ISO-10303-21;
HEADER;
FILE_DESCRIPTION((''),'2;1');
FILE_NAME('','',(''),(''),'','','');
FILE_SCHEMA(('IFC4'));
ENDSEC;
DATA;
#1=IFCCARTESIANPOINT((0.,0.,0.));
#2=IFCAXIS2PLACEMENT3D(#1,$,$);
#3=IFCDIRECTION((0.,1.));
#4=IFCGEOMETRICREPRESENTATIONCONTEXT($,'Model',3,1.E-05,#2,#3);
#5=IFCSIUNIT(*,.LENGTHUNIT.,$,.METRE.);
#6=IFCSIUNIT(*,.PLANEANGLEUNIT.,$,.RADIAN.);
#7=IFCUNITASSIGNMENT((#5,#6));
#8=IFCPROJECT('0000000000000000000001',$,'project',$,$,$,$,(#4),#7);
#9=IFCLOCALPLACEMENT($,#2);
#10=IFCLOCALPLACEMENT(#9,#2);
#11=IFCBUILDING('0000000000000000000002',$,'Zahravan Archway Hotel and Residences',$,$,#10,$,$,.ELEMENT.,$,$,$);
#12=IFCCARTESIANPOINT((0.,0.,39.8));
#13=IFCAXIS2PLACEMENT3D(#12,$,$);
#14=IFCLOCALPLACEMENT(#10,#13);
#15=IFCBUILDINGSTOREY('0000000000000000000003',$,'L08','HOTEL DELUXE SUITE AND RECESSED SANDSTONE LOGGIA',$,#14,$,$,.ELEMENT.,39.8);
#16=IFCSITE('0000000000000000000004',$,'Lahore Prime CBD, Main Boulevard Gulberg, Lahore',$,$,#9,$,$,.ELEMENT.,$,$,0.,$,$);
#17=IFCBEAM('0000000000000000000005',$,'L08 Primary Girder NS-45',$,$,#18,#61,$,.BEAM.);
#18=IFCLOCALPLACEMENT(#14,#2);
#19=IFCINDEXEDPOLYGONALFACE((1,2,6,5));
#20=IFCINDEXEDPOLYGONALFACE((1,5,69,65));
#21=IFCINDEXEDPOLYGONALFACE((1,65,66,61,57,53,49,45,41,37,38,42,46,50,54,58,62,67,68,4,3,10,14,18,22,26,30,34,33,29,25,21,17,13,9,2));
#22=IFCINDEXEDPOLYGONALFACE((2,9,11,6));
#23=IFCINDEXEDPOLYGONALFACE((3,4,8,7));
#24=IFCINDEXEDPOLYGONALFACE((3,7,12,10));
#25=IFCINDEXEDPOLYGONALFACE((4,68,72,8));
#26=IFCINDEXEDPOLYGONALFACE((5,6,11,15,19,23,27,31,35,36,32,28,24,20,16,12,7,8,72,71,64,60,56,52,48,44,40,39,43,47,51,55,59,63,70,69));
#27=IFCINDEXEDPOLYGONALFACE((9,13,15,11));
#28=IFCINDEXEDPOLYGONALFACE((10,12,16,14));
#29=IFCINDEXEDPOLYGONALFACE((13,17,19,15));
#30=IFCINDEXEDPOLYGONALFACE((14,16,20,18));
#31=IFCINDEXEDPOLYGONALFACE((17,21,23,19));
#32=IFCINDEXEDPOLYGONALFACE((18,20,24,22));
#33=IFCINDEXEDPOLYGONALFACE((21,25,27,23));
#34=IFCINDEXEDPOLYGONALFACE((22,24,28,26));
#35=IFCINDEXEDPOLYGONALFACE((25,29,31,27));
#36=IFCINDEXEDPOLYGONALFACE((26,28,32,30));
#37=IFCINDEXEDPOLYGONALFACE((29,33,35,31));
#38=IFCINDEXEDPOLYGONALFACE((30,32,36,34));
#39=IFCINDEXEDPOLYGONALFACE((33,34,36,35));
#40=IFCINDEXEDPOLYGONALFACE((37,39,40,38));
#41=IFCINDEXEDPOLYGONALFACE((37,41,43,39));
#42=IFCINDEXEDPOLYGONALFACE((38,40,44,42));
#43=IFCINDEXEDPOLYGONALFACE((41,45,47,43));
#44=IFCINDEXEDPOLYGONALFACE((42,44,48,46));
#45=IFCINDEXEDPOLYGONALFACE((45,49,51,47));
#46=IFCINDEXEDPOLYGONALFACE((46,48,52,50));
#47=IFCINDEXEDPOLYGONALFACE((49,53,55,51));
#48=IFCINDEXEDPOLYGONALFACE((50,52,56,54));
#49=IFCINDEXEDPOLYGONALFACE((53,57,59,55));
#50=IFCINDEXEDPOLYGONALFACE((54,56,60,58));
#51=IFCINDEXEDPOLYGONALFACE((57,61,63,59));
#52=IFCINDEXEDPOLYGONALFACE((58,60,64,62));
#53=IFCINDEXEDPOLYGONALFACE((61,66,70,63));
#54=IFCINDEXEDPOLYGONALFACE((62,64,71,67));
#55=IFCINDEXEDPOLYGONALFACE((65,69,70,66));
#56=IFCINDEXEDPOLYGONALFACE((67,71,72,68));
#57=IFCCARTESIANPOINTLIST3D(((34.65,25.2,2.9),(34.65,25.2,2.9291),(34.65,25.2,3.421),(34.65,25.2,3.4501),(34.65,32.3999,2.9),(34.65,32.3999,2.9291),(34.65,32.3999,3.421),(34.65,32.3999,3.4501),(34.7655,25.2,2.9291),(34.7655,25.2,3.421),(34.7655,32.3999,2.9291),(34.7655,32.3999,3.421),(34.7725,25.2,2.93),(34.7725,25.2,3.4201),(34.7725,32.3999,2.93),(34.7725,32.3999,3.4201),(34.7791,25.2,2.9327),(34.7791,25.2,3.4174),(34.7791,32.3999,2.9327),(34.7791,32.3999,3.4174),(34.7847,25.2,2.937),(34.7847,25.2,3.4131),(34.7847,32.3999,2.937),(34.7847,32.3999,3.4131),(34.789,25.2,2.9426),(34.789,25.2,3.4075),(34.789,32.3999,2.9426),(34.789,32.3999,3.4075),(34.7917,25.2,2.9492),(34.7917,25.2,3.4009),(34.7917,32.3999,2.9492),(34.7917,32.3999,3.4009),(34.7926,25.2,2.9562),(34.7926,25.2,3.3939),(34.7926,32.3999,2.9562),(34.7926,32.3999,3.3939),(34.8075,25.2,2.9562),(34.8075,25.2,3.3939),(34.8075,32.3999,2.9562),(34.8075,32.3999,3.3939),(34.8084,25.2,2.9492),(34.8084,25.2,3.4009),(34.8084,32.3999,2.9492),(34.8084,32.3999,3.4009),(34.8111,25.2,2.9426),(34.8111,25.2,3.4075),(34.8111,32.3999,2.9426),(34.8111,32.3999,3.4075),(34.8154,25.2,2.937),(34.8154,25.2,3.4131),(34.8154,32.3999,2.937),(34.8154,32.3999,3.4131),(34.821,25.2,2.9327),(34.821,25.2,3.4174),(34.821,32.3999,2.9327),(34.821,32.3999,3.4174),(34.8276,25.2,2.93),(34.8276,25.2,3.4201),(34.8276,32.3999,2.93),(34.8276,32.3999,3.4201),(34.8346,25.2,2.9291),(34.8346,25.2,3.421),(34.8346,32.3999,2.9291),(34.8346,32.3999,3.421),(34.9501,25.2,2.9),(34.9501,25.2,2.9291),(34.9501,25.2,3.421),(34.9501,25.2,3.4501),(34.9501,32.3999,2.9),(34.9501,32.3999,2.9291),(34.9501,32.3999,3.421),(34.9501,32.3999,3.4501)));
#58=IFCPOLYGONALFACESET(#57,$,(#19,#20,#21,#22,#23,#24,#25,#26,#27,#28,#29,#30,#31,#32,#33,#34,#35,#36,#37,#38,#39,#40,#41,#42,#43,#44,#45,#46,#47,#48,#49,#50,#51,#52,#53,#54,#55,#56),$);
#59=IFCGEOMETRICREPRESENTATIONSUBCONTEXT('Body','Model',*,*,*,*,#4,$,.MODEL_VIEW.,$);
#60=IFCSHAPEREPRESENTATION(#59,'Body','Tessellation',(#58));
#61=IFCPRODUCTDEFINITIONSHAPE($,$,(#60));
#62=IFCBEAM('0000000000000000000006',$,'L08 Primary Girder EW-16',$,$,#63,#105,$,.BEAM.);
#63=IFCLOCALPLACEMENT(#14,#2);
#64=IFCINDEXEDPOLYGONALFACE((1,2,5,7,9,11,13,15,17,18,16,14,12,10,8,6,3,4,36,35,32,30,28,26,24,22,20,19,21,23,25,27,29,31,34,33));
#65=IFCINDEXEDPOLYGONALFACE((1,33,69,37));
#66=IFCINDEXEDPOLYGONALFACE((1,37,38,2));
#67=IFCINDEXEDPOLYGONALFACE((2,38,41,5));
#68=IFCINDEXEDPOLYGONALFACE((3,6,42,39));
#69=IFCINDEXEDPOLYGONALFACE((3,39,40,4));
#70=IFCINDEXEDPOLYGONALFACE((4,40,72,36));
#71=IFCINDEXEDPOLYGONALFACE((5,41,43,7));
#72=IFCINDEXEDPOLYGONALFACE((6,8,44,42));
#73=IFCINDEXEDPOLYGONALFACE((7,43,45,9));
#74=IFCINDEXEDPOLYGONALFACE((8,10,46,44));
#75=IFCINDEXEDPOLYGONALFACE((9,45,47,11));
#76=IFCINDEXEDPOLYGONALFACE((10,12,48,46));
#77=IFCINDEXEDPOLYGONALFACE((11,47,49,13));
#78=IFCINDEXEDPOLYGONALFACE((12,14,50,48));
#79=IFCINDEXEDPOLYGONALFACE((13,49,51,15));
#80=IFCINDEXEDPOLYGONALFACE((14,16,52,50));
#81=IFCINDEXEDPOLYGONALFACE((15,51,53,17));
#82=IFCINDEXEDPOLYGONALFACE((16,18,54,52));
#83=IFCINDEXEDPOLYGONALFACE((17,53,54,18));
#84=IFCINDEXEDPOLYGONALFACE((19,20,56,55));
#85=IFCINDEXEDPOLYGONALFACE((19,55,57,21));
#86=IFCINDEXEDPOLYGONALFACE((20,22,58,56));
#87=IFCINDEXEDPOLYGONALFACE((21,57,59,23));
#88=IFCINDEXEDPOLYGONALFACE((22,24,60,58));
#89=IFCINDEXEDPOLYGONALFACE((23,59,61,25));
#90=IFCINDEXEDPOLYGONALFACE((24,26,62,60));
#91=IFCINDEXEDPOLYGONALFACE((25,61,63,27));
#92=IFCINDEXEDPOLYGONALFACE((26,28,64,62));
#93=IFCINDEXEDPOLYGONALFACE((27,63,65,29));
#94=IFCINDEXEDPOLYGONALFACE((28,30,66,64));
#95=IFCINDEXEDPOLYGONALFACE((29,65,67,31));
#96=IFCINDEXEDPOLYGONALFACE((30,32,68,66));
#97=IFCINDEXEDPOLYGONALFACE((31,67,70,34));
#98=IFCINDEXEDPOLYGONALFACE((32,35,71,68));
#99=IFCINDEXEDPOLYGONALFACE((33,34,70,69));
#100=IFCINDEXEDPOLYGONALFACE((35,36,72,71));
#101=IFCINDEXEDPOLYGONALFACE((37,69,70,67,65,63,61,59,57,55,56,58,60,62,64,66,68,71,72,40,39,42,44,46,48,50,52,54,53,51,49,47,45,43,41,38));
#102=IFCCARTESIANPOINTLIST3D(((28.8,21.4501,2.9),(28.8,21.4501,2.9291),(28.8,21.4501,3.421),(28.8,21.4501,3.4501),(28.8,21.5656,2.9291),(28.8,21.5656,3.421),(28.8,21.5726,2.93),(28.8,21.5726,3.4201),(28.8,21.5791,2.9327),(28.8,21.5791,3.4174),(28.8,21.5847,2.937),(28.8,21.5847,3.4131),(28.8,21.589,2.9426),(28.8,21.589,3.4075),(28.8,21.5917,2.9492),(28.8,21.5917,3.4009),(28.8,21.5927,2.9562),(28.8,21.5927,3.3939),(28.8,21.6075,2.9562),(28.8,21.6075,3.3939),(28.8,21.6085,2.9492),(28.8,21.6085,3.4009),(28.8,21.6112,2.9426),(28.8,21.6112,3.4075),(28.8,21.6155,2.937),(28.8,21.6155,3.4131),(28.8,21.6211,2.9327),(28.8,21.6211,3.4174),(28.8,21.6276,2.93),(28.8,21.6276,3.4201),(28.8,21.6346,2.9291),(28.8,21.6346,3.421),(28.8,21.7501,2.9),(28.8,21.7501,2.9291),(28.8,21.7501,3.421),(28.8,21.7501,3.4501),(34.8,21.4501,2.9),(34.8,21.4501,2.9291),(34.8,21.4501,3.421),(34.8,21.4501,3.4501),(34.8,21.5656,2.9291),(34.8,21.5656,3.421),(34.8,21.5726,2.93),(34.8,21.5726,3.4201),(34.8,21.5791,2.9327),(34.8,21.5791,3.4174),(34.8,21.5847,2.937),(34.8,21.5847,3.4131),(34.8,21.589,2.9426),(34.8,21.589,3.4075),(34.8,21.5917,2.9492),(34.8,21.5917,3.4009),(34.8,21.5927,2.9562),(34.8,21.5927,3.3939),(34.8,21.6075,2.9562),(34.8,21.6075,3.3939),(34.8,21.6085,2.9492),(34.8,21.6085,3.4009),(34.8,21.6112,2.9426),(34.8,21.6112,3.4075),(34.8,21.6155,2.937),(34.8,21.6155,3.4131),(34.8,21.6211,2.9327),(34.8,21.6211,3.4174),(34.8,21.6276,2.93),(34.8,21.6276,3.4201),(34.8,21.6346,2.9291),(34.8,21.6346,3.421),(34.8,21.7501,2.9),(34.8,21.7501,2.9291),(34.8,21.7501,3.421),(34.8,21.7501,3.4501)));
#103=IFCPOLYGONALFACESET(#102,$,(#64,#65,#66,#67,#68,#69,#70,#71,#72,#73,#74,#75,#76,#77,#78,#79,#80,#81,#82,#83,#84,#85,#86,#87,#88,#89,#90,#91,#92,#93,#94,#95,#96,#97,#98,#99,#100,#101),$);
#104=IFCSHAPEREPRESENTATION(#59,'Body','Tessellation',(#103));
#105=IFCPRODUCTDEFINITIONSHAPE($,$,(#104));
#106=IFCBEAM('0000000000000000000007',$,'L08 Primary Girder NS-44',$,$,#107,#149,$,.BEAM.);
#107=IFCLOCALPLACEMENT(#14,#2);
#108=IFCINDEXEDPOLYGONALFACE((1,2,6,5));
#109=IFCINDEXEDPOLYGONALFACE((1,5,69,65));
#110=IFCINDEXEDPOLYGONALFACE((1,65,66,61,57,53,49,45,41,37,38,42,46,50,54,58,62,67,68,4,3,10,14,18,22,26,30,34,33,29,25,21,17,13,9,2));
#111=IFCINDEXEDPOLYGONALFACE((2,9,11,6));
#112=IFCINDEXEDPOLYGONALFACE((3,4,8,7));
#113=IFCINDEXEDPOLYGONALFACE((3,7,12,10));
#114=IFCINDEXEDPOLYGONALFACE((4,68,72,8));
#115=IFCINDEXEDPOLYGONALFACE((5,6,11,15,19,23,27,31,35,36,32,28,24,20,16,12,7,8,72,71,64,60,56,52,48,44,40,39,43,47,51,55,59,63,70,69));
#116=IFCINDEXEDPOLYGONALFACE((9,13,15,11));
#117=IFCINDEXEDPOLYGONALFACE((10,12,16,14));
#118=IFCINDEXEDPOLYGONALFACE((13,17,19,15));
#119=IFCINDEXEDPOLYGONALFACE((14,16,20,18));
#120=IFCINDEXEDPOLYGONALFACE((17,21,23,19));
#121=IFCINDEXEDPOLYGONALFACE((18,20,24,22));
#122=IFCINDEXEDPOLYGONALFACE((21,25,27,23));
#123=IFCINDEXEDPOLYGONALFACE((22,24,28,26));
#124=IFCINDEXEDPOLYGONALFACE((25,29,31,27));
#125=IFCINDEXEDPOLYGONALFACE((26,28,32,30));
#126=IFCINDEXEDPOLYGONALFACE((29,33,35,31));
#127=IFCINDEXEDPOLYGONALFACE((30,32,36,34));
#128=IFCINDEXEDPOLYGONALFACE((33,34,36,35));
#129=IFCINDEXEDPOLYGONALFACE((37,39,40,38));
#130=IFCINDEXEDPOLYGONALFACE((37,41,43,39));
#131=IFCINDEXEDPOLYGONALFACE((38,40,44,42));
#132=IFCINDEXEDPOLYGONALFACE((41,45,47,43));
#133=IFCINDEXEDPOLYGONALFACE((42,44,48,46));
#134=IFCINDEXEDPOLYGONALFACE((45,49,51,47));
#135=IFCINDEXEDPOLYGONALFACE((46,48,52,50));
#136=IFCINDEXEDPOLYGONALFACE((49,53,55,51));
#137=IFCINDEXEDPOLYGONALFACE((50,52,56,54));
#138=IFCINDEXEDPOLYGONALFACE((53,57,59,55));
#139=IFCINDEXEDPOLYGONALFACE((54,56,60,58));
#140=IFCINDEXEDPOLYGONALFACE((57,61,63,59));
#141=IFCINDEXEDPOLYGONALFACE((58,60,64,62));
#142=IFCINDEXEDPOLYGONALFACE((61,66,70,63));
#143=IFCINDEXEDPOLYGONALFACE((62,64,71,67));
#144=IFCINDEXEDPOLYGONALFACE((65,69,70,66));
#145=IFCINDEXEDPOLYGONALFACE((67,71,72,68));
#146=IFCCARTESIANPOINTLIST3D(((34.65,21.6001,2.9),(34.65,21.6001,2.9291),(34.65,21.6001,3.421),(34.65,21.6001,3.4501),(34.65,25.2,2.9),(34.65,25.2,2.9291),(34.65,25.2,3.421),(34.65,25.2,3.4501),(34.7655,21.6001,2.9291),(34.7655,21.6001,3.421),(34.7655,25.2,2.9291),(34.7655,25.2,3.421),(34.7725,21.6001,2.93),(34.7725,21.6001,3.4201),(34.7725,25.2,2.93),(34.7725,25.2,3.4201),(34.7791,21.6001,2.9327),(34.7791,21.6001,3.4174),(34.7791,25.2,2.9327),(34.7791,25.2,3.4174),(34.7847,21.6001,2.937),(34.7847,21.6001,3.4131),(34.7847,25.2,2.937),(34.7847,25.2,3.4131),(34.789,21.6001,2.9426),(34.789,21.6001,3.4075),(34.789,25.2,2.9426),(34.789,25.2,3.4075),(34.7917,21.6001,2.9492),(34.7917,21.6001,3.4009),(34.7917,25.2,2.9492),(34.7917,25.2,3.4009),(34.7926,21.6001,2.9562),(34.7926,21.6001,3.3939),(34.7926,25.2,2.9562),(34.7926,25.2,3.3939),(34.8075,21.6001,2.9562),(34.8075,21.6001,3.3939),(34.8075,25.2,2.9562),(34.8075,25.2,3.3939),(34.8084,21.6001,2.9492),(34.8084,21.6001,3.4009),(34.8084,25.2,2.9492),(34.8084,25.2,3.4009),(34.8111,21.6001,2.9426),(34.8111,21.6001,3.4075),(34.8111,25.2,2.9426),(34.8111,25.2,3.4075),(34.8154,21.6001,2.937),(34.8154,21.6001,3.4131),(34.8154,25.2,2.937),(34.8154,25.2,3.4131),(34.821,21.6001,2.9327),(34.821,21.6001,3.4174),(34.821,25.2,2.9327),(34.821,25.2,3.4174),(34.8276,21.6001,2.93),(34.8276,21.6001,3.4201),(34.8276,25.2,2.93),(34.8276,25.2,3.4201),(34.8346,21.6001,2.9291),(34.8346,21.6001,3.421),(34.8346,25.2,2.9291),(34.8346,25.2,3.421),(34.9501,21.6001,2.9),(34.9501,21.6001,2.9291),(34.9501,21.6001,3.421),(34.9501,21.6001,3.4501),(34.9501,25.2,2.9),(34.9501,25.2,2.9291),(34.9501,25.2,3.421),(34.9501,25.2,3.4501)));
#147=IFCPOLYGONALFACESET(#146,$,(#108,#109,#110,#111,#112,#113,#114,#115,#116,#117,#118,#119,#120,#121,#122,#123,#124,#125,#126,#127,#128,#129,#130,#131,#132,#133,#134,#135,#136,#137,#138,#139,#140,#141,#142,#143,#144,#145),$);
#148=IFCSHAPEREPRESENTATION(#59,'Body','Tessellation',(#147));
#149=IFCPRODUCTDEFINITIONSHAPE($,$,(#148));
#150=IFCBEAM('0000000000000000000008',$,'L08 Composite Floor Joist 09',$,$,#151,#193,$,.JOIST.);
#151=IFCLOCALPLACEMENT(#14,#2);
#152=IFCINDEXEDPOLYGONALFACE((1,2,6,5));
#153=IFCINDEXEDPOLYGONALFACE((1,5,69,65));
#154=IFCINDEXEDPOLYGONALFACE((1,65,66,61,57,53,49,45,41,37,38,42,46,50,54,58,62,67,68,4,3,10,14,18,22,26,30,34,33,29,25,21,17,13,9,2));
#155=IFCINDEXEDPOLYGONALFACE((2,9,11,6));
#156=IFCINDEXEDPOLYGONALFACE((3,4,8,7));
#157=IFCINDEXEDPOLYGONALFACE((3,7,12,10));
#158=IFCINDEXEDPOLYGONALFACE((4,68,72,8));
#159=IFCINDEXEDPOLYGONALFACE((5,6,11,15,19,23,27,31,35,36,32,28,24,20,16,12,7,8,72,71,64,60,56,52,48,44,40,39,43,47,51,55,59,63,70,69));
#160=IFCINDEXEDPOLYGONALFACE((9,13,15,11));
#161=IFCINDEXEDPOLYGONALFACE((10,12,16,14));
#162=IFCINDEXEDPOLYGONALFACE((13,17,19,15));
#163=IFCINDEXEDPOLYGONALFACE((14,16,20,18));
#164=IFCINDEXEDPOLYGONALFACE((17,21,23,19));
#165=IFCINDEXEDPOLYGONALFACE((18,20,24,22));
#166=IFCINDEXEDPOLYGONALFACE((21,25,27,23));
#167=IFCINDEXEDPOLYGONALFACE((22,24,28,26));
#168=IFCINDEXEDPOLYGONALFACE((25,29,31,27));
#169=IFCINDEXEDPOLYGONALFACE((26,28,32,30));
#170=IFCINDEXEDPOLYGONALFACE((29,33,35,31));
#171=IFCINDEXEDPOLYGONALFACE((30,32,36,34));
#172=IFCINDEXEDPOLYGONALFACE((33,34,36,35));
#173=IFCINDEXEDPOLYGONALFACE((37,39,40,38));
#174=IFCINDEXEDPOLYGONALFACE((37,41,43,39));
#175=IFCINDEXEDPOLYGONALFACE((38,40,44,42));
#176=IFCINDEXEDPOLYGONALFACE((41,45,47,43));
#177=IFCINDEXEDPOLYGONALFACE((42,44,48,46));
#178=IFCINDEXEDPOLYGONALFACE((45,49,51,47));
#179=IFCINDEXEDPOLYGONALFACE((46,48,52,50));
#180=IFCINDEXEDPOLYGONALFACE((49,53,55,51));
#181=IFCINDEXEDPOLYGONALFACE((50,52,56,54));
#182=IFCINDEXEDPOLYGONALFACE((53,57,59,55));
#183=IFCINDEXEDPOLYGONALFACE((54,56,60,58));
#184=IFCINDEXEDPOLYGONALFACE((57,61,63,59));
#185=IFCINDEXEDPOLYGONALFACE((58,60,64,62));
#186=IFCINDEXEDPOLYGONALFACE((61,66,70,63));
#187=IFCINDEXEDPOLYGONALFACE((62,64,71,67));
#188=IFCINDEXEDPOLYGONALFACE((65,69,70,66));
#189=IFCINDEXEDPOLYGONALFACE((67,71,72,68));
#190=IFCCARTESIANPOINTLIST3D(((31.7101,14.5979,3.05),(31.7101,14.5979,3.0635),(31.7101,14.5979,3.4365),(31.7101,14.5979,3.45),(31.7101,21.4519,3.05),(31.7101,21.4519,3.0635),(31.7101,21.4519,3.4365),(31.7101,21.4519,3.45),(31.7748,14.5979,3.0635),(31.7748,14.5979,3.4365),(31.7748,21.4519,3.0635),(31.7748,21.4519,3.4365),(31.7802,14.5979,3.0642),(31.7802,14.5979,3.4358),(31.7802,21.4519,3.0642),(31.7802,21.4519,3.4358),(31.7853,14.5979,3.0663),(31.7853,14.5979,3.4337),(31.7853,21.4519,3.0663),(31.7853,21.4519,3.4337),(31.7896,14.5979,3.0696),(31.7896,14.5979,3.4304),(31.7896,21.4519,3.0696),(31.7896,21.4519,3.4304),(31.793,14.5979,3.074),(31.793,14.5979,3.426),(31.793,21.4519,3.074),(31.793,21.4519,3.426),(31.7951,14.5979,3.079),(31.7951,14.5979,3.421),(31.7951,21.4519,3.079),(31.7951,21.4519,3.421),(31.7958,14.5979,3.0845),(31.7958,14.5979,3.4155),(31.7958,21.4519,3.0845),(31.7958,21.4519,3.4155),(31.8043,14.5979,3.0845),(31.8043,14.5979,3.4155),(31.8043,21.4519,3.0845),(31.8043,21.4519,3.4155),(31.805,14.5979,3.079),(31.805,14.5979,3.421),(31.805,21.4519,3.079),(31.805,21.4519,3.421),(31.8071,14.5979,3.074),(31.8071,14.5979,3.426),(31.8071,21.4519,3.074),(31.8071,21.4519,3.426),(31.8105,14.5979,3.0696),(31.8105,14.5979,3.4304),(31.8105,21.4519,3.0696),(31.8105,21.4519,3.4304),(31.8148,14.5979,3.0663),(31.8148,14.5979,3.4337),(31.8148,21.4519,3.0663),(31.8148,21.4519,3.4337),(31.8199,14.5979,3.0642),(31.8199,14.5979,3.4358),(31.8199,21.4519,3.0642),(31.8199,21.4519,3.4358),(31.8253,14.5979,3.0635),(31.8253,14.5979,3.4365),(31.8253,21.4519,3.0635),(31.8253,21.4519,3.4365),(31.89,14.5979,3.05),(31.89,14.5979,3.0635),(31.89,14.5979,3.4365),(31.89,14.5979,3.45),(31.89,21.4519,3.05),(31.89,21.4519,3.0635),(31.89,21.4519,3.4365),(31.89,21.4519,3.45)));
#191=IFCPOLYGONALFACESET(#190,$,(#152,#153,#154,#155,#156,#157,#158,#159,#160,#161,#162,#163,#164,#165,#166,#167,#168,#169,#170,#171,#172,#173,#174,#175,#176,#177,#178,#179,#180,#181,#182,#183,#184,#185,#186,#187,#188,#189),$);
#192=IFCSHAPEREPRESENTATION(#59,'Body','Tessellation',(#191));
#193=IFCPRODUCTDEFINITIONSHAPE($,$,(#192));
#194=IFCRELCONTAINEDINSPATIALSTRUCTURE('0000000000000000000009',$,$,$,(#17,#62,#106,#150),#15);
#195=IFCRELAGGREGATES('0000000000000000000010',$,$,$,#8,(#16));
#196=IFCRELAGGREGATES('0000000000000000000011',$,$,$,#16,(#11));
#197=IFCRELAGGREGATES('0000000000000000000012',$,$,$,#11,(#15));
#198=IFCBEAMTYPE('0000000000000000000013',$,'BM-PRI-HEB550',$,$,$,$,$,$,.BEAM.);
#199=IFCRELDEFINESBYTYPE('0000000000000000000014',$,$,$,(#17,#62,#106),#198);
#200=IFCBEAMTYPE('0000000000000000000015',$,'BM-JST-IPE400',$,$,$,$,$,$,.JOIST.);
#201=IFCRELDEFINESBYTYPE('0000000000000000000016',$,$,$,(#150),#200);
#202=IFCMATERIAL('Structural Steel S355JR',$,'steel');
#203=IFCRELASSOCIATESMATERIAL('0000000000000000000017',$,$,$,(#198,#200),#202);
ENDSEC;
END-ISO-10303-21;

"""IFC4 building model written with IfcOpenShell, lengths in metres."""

from ifc_helpers import new_model, si_unit, direction, frame, origin, origin_2d, place, context, subcontext, project, spatial, i_section, extrude, source, transform, mapped, material, material_profile, profile_set, type_object, element, save


model = new_model("IFC4")

# Units and contexts
model_context = context("Model", 3, precision=1e-05, world=origin(), true_north=direction((0.0, 1.0)))
body_context = subcontext(model_context, "Body", "Model", "MODEL_VIEW")
ifc_project = project(units=[si_unit("LENGTHUNIT", "METRE"), si_unit("PLANEANGLEUNIT", "RADIAN")], contexts=[model_context])

# Site, building, storey
site_placement = place(None, origin())
site = spatial("IfcSite", under=ifc_project, at=site_placement, Name="Lahore Prime CBD, Main Boulevard Gulberg, Lahore", CompositionType="ELEMENT", RefElevation=0.0)
building_placement = place(site_placement, origin())
building = spatial("IfcBuilding", under=site, at=building_placement, Name="Zahravan Archway Hotel and Residences", CompositionType="ELEMENT")
storey_placement = place(building_placement, frame((0.0, 0.0, 39.8)))
storey = spatial("IfcBuildingStorey", under=building, at=storey_placement, Name="L08", Description="HOTEL DELUXE SUITE AND RECESSED SANDSTONE LOGGIA", CompositionType="ELEMENT", Elevation=39.8)

# Beams
ifc_material_1 = material(Name="Structural Steel S355JR", Category="steel")
ifc_material_profile_1 = material_profile(ifc_material_1, i_section(OverallWidth=0.3, OverallDepth=0.55, WebThickness=0.0149, FlangeThickness=0.0291, FilletRadius=0.0271, at=origin_2d()), Name="HEB 550", Category="steel")
ifc_profile_set_1 = profile_set([ifc_material_profile_1], Name="Structural Steel S355JR")
beam_type_1 = type_object("IfcBeamType", Name="BM-PRI-HEB550", PredefinedType="BEAM", material=ifc_profile_set_1)
shared_shape_1 = source(origin(), body_context, "Body", "SweptSolid", [
    extrude(i_section(OverallWidth=0.3, OverallDepth=0.55, WebThickness=0.0149, FlangeThickness=0.0291, FilletRadius=0.0271, at=origin_2d()), origin(), (0.0, 0.0, 1.0), 7.2),
])
for number, where, z_axis, x_axis, name in (
    (1, (34.8, 25.2, 3.175), (0.0, 1.0, 0.0), (-1.0, 0.0, 0.0), "L08 Primary Girder NS-45"),
):
    element("IfcBeam", number, at=place(storey_placement, frame(where, z_axis=z_axis, x_axis=x_axis)), inside=storey, type_object=beam_type_1, Name=name, PredefinedType="BEAM", context=body_context, shape_type="MappedRepresentation", body=[
        mapped(shared_shape_1, transform((0.0, 0.0, 0.0), scale=1.0)),
    ])
shared_shape_2 = source(origin(), body_context, "Body", "SweptSolid", [
    extrude(i_section(OverallWidth=0.3, OverallDepth=0.55, WebThickness=0.0149, FlangeThickness=0.0291, FilletRadius=0.0271, at=origin_2d()), origin(), (0.0, 0.0, 1.0), 6.0),
])
beam_1_placement = place(storey_placement, frame((28.8, 21.6001, 3.175), z_axis=(1.0, 0.0, 0.0), x_axis=(0.0, 1.0, 0.0)))
element("IfcBeam", 2, at=beam_1_placement, inside=storey, type_object=beam_type_1, Name="L08 Primary Girder EW-16", PredefinedType="BEAM", context=body_context, shape_type="MappedRepresentation", body=[
    mapped(shared_shape_2, transform((0.0, 0.0, 0.0), scale=1.0)),
])
shared_shape_3 = source(origin(), body_context, "Body", "SweptSolid", [
    extrude(i_section(OverallWidth=0.3, OverallDepth=0.55, WebThickness=0.0149, FlangeThickness=0.0291, FilletRadius=0.0271, at=origin_2d()), origin(), (0.0, 0.0, 1.0), 3.5999),
])
beam_2_placement = place(storey_placement, frame((34.8, 21.6001, 3.175), z_axis=(0.0, 1.0, 0.0), x_axis=(-1.0, 0.0, 0.0)))
element("IfcBeam", 3, at=beam_2_placement, inside=storey, type_object=beam_type_1, Name="L08 Primary Girder NS-44", PredefinedType="BEAM", context=body_context, shape_type="MappedRepresentation", body=[
    mapped(shared_shape_3, transform((0.0, 0.0, 0.0), scale=1.0)),
])
ifc_material_profile_2 = material_profile(ifc_material_1, i_section(OverallWidth=0.1799, OverallDepth=0.3999, WebThickness=0.0085, FlangeThickness=0.0134, FilletRadius=0.021, at=origin_2d()), Name="IPE 400", Category="steel")
ifc_profile_set_2 = profile_set([ifc_material_profile_2], Name="Structural Steel S355JR")
beam_type_2 = type_object("IfcBeamType", Name="BM-JST-IPE400", PredefinedType="JOIST", material=ifc_profile_set_2)
shared_shape_4 = source(origin(), body_context, "Body", "SweptSolid", [
    extrude(i_section(OverallWidth=0.1799, OverallDepth=0.3999, WebThickness=0.0085, FlangeThickness=0.0134, FilletRadius=0.021, at=origin_2d()), origin(), (0.0, 0.0, 1.0), 6.854),
])
beam_3_placement = place(storey_placement, frame((31.8, 14.5979, 3.25), z_axis=(0.0, 1.0, 0.0), x_axis=(-1.0, 0.0, 0.0)))
element("IfcBeam", 4, at=beam_3_placement, inside=storey, type_object=beam_type_2, Name="L08 Composite Floor Joist 09", PredefinedType="JOIST", context=body_context, shape_type="MappedRepresentation", body=[
    mapped(shared_shape_4, transform((0.0, 0.0, 0.0), scale=1.0)),
])

save(model, "model.ifc")
